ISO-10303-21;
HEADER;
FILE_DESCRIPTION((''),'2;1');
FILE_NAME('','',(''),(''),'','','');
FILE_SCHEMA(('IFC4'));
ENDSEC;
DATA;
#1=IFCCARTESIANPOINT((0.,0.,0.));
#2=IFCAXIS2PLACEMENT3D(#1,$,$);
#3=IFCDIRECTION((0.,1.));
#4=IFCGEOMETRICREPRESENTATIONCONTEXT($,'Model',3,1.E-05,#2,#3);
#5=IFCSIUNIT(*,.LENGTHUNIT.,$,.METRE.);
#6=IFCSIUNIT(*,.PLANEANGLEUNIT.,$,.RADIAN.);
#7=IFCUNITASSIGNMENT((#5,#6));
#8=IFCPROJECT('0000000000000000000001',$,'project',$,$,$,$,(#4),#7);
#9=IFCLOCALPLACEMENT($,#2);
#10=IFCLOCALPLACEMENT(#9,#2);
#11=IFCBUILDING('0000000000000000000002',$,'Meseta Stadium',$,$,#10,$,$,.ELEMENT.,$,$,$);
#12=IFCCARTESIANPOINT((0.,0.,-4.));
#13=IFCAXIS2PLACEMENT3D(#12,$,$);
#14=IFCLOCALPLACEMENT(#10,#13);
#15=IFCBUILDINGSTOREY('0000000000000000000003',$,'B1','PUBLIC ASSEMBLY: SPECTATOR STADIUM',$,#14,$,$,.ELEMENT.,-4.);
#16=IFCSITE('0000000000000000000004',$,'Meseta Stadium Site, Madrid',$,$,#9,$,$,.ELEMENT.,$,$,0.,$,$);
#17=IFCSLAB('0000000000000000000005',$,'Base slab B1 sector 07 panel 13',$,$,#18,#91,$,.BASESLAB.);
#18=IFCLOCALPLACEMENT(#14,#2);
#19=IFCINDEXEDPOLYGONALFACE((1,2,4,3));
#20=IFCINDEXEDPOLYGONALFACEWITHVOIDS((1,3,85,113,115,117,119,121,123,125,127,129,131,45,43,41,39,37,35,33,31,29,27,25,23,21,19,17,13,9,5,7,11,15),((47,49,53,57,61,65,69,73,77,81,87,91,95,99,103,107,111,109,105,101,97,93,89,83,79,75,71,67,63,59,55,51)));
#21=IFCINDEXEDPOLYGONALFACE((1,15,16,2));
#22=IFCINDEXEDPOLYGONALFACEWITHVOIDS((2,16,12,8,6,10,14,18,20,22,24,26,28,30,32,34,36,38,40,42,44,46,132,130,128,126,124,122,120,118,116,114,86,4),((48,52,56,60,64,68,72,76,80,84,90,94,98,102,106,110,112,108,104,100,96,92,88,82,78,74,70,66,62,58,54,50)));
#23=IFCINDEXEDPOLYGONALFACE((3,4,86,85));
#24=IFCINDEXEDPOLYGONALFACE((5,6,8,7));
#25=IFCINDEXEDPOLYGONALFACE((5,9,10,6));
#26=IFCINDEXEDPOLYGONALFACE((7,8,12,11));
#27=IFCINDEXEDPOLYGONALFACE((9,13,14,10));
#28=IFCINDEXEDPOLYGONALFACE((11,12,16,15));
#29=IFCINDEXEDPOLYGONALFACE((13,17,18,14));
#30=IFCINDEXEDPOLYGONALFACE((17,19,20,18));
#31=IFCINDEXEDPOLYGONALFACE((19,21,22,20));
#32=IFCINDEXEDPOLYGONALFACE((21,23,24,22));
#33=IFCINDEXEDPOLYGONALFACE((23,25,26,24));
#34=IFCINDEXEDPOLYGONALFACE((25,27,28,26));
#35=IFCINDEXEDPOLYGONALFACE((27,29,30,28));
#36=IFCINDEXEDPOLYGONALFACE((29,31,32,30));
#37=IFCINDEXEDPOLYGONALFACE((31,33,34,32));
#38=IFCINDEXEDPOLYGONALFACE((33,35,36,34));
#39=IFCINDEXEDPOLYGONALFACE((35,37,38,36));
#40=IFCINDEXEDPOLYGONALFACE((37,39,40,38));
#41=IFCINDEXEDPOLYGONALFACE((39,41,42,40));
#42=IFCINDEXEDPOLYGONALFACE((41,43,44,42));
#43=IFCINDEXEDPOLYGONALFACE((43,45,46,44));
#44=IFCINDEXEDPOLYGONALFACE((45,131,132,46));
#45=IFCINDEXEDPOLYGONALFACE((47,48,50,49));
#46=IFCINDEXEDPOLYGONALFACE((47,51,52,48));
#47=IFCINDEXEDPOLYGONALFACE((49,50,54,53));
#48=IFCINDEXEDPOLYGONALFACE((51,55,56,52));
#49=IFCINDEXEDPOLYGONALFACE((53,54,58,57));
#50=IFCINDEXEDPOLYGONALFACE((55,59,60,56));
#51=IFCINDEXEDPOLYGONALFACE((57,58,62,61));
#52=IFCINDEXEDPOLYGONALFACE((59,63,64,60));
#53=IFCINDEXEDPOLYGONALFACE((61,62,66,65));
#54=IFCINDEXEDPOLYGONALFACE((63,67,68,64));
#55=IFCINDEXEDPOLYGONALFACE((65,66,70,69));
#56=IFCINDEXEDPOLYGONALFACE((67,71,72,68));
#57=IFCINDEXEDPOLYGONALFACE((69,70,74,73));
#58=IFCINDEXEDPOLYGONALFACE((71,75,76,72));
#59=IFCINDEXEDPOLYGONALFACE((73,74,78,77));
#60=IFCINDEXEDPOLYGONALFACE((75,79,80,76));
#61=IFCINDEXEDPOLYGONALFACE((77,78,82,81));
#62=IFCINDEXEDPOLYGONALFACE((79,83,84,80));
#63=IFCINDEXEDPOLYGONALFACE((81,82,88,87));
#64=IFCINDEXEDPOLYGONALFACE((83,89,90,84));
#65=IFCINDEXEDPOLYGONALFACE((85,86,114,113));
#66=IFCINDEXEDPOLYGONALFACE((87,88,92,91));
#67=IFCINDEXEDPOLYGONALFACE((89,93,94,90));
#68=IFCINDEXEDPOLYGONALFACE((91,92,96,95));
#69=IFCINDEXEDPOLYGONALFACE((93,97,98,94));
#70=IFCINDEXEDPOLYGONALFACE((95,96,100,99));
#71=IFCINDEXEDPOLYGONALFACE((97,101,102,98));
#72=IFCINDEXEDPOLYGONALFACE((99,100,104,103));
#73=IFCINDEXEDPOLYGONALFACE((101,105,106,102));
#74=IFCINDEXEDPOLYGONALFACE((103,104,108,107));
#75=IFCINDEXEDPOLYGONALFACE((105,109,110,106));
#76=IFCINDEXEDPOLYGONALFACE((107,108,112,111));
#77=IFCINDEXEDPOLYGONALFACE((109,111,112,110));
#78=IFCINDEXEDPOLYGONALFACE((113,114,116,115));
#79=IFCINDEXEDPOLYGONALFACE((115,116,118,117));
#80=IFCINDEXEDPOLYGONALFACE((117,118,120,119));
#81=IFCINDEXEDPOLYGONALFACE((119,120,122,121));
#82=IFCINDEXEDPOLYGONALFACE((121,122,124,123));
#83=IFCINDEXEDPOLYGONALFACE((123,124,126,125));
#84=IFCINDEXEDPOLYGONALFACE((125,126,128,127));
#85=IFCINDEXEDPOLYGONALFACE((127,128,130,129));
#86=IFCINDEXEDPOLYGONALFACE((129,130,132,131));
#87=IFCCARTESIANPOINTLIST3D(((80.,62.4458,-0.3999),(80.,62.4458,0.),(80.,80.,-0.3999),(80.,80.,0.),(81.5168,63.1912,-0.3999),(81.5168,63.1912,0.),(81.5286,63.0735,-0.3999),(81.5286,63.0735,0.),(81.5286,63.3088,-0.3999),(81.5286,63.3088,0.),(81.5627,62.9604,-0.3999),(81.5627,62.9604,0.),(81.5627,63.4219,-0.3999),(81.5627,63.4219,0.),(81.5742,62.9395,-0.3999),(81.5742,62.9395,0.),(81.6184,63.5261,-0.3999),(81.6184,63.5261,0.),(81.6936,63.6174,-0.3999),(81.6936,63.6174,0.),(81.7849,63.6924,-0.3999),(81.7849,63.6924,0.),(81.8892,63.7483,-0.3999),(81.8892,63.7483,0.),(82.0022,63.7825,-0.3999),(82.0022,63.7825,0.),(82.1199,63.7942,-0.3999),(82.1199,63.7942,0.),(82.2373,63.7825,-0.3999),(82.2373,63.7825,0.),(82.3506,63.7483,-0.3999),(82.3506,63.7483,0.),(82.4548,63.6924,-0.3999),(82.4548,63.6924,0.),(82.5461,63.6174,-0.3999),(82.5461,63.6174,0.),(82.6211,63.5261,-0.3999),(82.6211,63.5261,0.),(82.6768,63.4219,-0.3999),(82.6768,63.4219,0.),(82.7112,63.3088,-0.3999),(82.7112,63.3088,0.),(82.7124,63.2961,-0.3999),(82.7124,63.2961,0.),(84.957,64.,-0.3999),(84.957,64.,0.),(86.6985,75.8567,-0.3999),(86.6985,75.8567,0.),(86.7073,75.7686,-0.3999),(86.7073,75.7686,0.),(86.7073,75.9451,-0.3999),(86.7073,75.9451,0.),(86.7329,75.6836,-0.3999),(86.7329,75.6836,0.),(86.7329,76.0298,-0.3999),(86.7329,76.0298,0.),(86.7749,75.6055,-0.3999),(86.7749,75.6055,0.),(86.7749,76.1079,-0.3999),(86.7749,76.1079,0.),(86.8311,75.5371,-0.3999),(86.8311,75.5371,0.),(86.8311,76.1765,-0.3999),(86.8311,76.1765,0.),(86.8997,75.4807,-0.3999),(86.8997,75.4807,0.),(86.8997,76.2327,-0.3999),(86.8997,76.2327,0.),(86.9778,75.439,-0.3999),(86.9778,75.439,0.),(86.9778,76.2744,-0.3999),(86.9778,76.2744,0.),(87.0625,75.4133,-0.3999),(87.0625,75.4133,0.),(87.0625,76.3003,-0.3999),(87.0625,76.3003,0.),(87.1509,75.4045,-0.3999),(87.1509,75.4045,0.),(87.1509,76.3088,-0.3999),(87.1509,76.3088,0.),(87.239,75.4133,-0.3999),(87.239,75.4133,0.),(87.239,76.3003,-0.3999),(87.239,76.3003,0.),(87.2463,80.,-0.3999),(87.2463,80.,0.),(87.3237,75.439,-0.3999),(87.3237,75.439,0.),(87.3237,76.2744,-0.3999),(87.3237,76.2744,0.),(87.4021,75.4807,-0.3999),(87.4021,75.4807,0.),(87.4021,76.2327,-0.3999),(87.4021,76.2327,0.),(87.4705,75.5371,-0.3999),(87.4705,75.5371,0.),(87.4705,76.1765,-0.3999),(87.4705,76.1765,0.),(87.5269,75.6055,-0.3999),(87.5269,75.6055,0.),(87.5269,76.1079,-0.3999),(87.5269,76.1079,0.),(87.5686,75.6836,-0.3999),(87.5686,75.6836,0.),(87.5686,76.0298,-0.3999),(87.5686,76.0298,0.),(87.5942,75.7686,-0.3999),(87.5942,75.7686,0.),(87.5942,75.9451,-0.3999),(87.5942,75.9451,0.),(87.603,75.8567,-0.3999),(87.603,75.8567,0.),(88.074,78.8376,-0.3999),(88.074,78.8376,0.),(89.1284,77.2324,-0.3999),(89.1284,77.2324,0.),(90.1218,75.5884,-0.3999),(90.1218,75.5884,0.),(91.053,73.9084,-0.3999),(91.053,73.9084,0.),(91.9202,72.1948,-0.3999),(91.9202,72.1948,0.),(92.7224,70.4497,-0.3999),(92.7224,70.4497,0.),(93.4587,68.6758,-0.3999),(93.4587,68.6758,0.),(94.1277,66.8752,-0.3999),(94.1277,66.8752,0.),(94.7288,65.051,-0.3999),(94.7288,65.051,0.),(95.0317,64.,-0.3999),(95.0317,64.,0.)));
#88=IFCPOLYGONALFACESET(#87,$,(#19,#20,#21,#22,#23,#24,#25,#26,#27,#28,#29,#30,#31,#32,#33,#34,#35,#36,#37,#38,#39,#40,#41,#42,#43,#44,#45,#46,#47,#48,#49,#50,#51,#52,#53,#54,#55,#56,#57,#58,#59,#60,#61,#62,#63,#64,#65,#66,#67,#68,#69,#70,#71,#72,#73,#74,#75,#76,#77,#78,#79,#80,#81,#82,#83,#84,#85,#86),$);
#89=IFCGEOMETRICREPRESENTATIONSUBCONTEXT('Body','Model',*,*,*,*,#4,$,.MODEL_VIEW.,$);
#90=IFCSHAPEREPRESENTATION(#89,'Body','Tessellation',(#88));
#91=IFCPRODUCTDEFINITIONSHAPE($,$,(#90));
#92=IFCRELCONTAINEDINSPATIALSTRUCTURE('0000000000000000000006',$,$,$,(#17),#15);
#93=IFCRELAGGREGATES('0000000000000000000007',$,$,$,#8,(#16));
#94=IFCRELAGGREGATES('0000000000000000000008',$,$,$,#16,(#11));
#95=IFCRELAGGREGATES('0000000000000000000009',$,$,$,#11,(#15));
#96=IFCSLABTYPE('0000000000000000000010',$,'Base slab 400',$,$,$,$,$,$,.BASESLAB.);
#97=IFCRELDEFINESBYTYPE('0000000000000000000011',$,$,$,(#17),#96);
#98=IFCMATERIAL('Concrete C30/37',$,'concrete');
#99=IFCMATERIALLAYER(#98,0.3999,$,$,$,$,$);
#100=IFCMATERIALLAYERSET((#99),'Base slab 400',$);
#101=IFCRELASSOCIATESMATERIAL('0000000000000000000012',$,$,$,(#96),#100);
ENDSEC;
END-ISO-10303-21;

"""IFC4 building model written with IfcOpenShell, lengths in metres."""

from ifc_helpers import new_model, si_unit, direction, frame, origin, place, context, subcontext, project, spatial, polyline, outline, extrude, material, layer, layer_set, type_object, element, save


model = new_model("IFC4")

# Units and contexts
model_context = context("Model", 3, precision=1e-05, world=origin(), true_north=direction((0.0, 1.0)))
body_context = subcontext(model_context, "Body", "Model", "MODEL_VIEW")
ifc_project = project(units=[si_unit("LENGTHUNIT", "METRE"), si_unit("PLANEANGLEUNIT", "RADIAN")], contexts=[model_context])

# Site, building, storey
site_placement = place(None, origin())
site = spatial("IfcSite", under=ifc_project, at=site_placement, Name="Meseta Stadium Site, Madrid", CompositionType="ELEMENT", RefElevation=0.0)
building_placement = place(site_placement, origin())
building = spatial("IfcBuilding", under=site, at=building_placement, Name="Meseta Stadium", CompositionType="ELEMENT")
storey_placement = place(building_placement, frame((0.0, 0.0, -4.0)))
storey = spatial("IfcBuildingStorey", under=building, at=storey_placement, Name="B1", Description="PUBLIC ASSEMBLY: SPECTATOR STADIUM", CompositionType="ELEMENT", Elevation=-4.0)

# Slab
ifc_material_1 = material(Name="Concrete C30/37", Category="concrete")
ifc_layer = layer(ifc_material_1, 0.3999)
ifc_layer_set = layer_set([ifc_layer], Name="Base slab 400")
slab_type = type_object("IfcSlabType", Name="Base slab 400", PredefinedType="BASESLAB", material=ifc_layer_set)
slab_1_placement = place(storey_placement, frame((0.0, 0.0, -0.3999)))
element("IfcSlab", 1, at=slab_1_placement, inside=storey, type_object=slab_type, Name="Base slab B1 sector 07 panel 13", PredefinedType="BASESLAB", context=body_context, shape_type="SweptSolid", body=[
    extrude(outline(polyline([(82.1199, 63.7942), (82.2373, 63.7825), (82.3506, 63.7483), (82.4548, 63.6924), (82.5461, 63.6174), (82.6211, 63.5261), (82.6768, 63.4219), (82.7112, 63.3088), (82.7124, 63.2961), (84.957, 64.0), (95.0317, 64.0), (94.7288, 65.051), (94.1277, 66.8752), (93.4587, 68.6758), (92.7224, 70.4497), (91.9202, 72.1948), (91.053, 73.9084), (90.1218, 75.5884), (89.1284, 77.2324), (88.074, 78.8376), (87.2463, 80.0), (80.0, 80.0), (80.0, 62.4458), (81.5742, 62.9395), (81.5627, 62.9604), (81.5286, 63.0735), (81.5168, 63.1912), (81.5286, 63.3088), (81.5627, 63.4219), (81.6184, 63.5261), (81.6936, 63.6174), (81.7849, 63.6924), (81.8892, 63.7483), (82.0022, 63.7825), (82.1199, 63.7942)]), holes=[polyline([(86.7073, 75.9451), (86.7329, 76.0298), (86.7749, 76.1079), (86.8311, 76.1765), (86.8997, 76.2327), (86.9778, 76.2744), (87.0625, 76.3003), (87.1509, 76.3088), (87.239, 76.3003), (87.3237, 76.2744), (87.4021, 76.2327), (87.4705, 76.1765), (87.5269, 76.1079), (87.5686, 76.0298), (87.5942, 75.9451), (87.603, 75.8567), (87.5942, 75.7686), (87.5686, 75.6836), (87.5269, 75.6055), (87.4705, 75.5371), (87.4021, 75.4807), (87.3237, 75.439), (87.239, 75.4133), (87.1509, 75.4045), (87.0625, 75.4133), (86.9778, 75.439), (86.8997, 75.4807), (86.8311, 75.5371), (86.7749, 75.6055), (86.7329, 75.6836), (86.7073, 75.7686), (86.6985, 75.8567), (86.7073, 75.9451)])]), origin(), (0.0, 0.0, 1.0), 0.3999),
])

save(model, "model.ifc")
